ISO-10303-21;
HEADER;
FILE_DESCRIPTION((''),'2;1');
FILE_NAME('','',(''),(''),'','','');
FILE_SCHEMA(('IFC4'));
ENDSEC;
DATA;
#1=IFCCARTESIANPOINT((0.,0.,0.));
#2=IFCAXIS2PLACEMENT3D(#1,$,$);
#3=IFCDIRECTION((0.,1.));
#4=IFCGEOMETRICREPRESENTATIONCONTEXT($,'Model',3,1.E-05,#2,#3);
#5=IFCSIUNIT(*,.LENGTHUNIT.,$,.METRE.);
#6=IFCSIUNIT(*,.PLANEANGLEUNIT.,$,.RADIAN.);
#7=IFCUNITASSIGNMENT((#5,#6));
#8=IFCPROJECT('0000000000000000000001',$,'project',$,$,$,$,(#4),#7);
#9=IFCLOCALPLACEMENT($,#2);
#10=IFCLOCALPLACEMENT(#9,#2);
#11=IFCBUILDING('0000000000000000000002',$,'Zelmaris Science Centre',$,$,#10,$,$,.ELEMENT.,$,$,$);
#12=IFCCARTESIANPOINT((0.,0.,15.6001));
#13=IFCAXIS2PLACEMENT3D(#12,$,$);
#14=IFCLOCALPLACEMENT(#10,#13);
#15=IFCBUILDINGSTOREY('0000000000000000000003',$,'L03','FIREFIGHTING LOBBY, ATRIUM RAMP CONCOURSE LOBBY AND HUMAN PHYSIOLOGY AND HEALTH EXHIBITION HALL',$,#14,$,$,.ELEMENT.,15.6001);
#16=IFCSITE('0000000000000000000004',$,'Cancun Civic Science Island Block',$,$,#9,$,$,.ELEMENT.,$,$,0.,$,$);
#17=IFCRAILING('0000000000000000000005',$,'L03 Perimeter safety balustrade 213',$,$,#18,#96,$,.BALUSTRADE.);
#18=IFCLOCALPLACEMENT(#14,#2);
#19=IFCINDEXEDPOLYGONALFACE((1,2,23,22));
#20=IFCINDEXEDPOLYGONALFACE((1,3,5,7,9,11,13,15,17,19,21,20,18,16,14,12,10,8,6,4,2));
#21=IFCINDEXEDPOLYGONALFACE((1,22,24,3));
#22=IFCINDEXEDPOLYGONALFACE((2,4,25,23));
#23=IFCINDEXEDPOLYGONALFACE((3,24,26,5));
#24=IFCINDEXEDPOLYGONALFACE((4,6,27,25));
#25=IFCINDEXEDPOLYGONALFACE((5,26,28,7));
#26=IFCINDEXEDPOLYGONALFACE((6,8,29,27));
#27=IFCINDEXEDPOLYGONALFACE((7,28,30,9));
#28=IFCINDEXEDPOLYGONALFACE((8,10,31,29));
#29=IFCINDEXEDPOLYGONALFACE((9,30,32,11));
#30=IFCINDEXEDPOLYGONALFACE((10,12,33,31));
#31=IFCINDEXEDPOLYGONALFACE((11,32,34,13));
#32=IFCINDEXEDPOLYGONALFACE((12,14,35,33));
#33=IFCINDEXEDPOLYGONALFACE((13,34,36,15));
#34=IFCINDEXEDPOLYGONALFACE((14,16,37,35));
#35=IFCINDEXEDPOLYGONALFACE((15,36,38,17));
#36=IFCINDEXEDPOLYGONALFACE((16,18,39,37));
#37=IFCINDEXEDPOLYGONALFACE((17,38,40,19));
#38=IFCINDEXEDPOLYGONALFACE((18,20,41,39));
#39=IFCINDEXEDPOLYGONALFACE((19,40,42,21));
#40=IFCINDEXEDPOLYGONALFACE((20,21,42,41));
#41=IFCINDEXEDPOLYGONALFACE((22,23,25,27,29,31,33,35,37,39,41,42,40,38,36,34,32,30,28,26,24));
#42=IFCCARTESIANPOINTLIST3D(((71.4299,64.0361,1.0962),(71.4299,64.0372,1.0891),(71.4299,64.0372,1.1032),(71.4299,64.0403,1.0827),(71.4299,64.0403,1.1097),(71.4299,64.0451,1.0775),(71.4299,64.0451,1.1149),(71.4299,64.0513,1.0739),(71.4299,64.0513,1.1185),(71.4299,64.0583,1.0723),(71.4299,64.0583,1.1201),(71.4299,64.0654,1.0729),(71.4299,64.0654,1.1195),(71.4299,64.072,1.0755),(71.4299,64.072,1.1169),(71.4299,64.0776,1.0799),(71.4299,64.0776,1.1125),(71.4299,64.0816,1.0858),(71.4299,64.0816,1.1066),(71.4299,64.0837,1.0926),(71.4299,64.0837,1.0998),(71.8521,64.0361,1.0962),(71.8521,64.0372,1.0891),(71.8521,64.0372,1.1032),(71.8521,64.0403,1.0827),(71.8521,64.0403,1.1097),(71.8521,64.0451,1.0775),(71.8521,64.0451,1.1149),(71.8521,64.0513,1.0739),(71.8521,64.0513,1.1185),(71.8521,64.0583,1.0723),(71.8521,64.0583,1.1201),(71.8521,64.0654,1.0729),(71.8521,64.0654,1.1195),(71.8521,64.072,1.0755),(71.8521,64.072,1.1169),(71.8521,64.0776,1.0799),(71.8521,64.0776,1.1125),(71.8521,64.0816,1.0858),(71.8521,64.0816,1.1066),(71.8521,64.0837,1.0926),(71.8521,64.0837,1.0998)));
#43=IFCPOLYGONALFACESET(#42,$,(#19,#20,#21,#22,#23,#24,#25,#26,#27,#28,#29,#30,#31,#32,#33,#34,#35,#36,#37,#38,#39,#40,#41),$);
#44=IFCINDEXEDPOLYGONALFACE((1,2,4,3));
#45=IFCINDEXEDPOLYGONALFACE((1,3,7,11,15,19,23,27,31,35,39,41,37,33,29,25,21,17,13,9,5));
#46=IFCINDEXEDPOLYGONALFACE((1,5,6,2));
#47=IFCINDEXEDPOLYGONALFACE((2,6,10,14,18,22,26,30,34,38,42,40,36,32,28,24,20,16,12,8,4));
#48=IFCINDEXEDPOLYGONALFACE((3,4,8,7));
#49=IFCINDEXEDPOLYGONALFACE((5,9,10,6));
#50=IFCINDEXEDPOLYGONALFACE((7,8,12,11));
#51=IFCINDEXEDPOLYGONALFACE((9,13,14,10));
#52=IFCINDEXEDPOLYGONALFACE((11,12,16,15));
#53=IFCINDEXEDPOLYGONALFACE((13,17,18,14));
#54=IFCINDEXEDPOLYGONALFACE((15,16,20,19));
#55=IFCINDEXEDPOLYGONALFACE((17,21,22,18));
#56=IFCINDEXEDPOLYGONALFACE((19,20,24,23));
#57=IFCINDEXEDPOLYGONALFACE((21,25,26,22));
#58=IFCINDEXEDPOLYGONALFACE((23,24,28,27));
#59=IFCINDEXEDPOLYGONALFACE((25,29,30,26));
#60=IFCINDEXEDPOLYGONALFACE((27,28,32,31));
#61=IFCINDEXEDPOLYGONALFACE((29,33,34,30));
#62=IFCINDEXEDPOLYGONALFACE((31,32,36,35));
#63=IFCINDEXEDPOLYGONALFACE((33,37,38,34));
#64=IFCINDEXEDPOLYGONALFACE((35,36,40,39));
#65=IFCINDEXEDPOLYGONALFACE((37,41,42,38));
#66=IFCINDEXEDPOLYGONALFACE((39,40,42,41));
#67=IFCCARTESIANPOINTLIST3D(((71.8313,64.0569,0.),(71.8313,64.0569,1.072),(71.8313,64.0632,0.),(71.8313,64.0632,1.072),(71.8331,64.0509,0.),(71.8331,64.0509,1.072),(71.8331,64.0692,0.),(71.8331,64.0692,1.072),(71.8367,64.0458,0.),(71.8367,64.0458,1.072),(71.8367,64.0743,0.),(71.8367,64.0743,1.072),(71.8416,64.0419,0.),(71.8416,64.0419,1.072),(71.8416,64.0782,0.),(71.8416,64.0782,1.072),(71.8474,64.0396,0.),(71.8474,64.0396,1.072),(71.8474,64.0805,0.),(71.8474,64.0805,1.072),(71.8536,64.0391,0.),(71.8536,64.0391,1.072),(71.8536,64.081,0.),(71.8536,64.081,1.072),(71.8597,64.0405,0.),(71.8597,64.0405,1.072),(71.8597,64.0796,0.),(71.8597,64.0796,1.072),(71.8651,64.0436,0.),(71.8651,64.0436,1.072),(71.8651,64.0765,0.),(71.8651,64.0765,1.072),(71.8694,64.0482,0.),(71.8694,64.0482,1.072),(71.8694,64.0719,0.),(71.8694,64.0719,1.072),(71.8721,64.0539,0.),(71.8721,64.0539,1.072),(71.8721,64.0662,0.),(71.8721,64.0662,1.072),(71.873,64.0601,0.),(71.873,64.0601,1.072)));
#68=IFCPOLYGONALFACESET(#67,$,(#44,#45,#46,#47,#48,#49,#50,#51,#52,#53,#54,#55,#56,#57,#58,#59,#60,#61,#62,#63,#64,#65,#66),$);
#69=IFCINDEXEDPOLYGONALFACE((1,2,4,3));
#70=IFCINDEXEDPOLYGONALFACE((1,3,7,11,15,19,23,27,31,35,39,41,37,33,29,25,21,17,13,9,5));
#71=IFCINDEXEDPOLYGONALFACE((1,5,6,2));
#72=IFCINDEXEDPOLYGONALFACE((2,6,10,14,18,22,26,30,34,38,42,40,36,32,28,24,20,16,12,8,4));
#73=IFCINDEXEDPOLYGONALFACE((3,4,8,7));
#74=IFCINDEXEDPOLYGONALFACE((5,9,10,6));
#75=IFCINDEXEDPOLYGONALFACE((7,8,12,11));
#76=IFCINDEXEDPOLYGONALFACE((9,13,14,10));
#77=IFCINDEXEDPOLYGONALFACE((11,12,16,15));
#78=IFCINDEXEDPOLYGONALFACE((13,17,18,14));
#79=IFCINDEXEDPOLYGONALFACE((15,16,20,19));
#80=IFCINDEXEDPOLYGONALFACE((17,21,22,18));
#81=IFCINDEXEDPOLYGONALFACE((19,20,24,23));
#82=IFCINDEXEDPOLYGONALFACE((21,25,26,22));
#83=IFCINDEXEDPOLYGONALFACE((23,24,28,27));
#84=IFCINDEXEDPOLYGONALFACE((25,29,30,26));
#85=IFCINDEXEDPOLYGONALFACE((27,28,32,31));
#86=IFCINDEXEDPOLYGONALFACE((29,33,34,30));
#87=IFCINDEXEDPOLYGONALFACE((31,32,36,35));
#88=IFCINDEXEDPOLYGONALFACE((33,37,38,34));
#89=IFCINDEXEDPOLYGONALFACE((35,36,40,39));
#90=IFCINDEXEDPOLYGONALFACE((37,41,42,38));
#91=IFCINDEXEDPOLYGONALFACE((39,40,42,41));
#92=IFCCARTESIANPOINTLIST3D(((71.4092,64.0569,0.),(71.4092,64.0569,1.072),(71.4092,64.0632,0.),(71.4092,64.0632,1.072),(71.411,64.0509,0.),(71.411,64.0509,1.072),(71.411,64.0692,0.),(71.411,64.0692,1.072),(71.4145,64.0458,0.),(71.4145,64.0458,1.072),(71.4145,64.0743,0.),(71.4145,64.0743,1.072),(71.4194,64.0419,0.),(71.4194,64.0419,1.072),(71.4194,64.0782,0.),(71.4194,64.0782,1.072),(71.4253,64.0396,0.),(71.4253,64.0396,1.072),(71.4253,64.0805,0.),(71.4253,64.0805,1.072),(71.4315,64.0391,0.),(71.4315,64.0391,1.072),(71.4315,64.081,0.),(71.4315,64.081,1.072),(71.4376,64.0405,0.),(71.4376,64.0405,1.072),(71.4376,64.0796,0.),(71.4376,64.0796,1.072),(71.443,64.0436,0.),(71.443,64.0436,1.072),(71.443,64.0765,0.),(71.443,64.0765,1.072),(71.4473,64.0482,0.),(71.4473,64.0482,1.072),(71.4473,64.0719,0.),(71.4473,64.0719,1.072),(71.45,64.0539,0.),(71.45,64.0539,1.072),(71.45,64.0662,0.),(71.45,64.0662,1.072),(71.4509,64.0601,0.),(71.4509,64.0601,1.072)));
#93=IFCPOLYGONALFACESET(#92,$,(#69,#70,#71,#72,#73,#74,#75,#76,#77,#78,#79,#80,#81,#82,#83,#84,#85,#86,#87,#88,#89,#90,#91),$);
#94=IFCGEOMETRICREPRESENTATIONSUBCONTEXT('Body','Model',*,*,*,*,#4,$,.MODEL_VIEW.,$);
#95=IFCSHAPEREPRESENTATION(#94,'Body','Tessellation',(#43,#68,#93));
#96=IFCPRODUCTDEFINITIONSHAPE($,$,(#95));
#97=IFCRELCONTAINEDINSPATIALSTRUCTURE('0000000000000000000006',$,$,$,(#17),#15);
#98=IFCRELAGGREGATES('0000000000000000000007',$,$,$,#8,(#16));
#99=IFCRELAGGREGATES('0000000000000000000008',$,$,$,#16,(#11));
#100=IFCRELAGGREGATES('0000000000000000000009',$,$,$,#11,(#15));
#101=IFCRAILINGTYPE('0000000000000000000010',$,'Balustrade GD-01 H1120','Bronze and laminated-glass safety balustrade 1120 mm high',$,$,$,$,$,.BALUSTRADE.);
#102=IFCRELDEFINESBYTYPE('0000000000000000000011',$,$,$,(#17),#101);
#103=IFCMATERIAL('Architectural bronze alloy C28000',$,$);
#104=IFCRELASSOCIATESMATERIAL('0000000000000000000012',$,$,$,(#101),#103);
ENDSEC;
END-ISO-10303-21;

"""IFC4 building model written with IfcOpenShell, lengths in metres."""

from ifc_helpers import new_model, si_unit, direction, frame, origin, origin_2d, place, context, subcontext, project, spatial, circle, extrude, material, type_object, element, save


model = new_model("IFC4")

# Units and contexts
model_context = context("Model", 3, precision=1e-05, world=origin(), true_north=direction((0.0, 1.0)))
body_context = subcontext(model_context, "Body", "Model", "MODEL_VIEW")
ifc_project = project(units=[si_unit("LENGTHUNIT", "METRE"), si_unit("PLANEANGLEUNIT", "RADIAN")], contexts=[model_context])

# Site, building, storey
site_placement = place(None, origin())
site = spatial("IfcSite", under=ifc_project, at=site_placement, Name="Cancun Civic Science Island Block", CompositionType="ELEMENT", RefElevation=0.0)
building_placement = place(site_placement, origin())
building = spatial("IfcBuilding", under=site, at=building_placement, Name="Zelmaris Science Centre", CompositionType="ELEMENT")
storey_placement = place(building_placement, frame((0.0, 0.0, 15.6001)))
storey = spatial("IfcBuildingStorey", under=building, at=storey_placement, Name="L03", Description="FIREFIGHTING LOBBY, ATRIUM RAMP CONCOURSE LOBBY AND HUMAN PHYSIOLOGY AND HEALTH EXHIBITION HALL", CompositionType="ELEMENT", Elevation=15.6001)

# Railing
ifc_material_1 = material(Name="Architectural bronze alloy C28000")
railing_type = type_object("IfcRailingType", Name="Balustrade GD-01 H1120", Description="Bronze and laminated-glass safety balustrade 1120 mm high", PredefinedType="BALUSTRADE", material=ifc_material_1)
railing_1_placement = place(storey_placement, frame((71.8521, 64.0601, 0.0)))
element("IfcRailing", 1, at=railing_1_placement, inside=storey, type_object=railing_type, Name="L03 Perimeter safety balustrade 213", PredefinedType="BALUSTRADE", context=body_context, shape_type="SweptSolid", body=[
    extrude(circle(Radius=0.0239, at=origin_2d()), frame((0.0, 0.0, 1.0962), z_axis=(-1.0, 0.0, 0.0), x_axis=(0.0, -1.0, 0.0)), (0.0, 0.0, 1.0), 0.4221),
    extrude(circle(Radius=0.021, at=origin_2d()), origin(), (0.0, 0.0, 1.0), 1.072),
    extrude(circle(Radius=0.021, at=origin_2d()), frame((-0.4221, 0.0, 0.0)), (0.0, 0.0, 1.0), 1.072),
])

save(model, "model.ifc")
